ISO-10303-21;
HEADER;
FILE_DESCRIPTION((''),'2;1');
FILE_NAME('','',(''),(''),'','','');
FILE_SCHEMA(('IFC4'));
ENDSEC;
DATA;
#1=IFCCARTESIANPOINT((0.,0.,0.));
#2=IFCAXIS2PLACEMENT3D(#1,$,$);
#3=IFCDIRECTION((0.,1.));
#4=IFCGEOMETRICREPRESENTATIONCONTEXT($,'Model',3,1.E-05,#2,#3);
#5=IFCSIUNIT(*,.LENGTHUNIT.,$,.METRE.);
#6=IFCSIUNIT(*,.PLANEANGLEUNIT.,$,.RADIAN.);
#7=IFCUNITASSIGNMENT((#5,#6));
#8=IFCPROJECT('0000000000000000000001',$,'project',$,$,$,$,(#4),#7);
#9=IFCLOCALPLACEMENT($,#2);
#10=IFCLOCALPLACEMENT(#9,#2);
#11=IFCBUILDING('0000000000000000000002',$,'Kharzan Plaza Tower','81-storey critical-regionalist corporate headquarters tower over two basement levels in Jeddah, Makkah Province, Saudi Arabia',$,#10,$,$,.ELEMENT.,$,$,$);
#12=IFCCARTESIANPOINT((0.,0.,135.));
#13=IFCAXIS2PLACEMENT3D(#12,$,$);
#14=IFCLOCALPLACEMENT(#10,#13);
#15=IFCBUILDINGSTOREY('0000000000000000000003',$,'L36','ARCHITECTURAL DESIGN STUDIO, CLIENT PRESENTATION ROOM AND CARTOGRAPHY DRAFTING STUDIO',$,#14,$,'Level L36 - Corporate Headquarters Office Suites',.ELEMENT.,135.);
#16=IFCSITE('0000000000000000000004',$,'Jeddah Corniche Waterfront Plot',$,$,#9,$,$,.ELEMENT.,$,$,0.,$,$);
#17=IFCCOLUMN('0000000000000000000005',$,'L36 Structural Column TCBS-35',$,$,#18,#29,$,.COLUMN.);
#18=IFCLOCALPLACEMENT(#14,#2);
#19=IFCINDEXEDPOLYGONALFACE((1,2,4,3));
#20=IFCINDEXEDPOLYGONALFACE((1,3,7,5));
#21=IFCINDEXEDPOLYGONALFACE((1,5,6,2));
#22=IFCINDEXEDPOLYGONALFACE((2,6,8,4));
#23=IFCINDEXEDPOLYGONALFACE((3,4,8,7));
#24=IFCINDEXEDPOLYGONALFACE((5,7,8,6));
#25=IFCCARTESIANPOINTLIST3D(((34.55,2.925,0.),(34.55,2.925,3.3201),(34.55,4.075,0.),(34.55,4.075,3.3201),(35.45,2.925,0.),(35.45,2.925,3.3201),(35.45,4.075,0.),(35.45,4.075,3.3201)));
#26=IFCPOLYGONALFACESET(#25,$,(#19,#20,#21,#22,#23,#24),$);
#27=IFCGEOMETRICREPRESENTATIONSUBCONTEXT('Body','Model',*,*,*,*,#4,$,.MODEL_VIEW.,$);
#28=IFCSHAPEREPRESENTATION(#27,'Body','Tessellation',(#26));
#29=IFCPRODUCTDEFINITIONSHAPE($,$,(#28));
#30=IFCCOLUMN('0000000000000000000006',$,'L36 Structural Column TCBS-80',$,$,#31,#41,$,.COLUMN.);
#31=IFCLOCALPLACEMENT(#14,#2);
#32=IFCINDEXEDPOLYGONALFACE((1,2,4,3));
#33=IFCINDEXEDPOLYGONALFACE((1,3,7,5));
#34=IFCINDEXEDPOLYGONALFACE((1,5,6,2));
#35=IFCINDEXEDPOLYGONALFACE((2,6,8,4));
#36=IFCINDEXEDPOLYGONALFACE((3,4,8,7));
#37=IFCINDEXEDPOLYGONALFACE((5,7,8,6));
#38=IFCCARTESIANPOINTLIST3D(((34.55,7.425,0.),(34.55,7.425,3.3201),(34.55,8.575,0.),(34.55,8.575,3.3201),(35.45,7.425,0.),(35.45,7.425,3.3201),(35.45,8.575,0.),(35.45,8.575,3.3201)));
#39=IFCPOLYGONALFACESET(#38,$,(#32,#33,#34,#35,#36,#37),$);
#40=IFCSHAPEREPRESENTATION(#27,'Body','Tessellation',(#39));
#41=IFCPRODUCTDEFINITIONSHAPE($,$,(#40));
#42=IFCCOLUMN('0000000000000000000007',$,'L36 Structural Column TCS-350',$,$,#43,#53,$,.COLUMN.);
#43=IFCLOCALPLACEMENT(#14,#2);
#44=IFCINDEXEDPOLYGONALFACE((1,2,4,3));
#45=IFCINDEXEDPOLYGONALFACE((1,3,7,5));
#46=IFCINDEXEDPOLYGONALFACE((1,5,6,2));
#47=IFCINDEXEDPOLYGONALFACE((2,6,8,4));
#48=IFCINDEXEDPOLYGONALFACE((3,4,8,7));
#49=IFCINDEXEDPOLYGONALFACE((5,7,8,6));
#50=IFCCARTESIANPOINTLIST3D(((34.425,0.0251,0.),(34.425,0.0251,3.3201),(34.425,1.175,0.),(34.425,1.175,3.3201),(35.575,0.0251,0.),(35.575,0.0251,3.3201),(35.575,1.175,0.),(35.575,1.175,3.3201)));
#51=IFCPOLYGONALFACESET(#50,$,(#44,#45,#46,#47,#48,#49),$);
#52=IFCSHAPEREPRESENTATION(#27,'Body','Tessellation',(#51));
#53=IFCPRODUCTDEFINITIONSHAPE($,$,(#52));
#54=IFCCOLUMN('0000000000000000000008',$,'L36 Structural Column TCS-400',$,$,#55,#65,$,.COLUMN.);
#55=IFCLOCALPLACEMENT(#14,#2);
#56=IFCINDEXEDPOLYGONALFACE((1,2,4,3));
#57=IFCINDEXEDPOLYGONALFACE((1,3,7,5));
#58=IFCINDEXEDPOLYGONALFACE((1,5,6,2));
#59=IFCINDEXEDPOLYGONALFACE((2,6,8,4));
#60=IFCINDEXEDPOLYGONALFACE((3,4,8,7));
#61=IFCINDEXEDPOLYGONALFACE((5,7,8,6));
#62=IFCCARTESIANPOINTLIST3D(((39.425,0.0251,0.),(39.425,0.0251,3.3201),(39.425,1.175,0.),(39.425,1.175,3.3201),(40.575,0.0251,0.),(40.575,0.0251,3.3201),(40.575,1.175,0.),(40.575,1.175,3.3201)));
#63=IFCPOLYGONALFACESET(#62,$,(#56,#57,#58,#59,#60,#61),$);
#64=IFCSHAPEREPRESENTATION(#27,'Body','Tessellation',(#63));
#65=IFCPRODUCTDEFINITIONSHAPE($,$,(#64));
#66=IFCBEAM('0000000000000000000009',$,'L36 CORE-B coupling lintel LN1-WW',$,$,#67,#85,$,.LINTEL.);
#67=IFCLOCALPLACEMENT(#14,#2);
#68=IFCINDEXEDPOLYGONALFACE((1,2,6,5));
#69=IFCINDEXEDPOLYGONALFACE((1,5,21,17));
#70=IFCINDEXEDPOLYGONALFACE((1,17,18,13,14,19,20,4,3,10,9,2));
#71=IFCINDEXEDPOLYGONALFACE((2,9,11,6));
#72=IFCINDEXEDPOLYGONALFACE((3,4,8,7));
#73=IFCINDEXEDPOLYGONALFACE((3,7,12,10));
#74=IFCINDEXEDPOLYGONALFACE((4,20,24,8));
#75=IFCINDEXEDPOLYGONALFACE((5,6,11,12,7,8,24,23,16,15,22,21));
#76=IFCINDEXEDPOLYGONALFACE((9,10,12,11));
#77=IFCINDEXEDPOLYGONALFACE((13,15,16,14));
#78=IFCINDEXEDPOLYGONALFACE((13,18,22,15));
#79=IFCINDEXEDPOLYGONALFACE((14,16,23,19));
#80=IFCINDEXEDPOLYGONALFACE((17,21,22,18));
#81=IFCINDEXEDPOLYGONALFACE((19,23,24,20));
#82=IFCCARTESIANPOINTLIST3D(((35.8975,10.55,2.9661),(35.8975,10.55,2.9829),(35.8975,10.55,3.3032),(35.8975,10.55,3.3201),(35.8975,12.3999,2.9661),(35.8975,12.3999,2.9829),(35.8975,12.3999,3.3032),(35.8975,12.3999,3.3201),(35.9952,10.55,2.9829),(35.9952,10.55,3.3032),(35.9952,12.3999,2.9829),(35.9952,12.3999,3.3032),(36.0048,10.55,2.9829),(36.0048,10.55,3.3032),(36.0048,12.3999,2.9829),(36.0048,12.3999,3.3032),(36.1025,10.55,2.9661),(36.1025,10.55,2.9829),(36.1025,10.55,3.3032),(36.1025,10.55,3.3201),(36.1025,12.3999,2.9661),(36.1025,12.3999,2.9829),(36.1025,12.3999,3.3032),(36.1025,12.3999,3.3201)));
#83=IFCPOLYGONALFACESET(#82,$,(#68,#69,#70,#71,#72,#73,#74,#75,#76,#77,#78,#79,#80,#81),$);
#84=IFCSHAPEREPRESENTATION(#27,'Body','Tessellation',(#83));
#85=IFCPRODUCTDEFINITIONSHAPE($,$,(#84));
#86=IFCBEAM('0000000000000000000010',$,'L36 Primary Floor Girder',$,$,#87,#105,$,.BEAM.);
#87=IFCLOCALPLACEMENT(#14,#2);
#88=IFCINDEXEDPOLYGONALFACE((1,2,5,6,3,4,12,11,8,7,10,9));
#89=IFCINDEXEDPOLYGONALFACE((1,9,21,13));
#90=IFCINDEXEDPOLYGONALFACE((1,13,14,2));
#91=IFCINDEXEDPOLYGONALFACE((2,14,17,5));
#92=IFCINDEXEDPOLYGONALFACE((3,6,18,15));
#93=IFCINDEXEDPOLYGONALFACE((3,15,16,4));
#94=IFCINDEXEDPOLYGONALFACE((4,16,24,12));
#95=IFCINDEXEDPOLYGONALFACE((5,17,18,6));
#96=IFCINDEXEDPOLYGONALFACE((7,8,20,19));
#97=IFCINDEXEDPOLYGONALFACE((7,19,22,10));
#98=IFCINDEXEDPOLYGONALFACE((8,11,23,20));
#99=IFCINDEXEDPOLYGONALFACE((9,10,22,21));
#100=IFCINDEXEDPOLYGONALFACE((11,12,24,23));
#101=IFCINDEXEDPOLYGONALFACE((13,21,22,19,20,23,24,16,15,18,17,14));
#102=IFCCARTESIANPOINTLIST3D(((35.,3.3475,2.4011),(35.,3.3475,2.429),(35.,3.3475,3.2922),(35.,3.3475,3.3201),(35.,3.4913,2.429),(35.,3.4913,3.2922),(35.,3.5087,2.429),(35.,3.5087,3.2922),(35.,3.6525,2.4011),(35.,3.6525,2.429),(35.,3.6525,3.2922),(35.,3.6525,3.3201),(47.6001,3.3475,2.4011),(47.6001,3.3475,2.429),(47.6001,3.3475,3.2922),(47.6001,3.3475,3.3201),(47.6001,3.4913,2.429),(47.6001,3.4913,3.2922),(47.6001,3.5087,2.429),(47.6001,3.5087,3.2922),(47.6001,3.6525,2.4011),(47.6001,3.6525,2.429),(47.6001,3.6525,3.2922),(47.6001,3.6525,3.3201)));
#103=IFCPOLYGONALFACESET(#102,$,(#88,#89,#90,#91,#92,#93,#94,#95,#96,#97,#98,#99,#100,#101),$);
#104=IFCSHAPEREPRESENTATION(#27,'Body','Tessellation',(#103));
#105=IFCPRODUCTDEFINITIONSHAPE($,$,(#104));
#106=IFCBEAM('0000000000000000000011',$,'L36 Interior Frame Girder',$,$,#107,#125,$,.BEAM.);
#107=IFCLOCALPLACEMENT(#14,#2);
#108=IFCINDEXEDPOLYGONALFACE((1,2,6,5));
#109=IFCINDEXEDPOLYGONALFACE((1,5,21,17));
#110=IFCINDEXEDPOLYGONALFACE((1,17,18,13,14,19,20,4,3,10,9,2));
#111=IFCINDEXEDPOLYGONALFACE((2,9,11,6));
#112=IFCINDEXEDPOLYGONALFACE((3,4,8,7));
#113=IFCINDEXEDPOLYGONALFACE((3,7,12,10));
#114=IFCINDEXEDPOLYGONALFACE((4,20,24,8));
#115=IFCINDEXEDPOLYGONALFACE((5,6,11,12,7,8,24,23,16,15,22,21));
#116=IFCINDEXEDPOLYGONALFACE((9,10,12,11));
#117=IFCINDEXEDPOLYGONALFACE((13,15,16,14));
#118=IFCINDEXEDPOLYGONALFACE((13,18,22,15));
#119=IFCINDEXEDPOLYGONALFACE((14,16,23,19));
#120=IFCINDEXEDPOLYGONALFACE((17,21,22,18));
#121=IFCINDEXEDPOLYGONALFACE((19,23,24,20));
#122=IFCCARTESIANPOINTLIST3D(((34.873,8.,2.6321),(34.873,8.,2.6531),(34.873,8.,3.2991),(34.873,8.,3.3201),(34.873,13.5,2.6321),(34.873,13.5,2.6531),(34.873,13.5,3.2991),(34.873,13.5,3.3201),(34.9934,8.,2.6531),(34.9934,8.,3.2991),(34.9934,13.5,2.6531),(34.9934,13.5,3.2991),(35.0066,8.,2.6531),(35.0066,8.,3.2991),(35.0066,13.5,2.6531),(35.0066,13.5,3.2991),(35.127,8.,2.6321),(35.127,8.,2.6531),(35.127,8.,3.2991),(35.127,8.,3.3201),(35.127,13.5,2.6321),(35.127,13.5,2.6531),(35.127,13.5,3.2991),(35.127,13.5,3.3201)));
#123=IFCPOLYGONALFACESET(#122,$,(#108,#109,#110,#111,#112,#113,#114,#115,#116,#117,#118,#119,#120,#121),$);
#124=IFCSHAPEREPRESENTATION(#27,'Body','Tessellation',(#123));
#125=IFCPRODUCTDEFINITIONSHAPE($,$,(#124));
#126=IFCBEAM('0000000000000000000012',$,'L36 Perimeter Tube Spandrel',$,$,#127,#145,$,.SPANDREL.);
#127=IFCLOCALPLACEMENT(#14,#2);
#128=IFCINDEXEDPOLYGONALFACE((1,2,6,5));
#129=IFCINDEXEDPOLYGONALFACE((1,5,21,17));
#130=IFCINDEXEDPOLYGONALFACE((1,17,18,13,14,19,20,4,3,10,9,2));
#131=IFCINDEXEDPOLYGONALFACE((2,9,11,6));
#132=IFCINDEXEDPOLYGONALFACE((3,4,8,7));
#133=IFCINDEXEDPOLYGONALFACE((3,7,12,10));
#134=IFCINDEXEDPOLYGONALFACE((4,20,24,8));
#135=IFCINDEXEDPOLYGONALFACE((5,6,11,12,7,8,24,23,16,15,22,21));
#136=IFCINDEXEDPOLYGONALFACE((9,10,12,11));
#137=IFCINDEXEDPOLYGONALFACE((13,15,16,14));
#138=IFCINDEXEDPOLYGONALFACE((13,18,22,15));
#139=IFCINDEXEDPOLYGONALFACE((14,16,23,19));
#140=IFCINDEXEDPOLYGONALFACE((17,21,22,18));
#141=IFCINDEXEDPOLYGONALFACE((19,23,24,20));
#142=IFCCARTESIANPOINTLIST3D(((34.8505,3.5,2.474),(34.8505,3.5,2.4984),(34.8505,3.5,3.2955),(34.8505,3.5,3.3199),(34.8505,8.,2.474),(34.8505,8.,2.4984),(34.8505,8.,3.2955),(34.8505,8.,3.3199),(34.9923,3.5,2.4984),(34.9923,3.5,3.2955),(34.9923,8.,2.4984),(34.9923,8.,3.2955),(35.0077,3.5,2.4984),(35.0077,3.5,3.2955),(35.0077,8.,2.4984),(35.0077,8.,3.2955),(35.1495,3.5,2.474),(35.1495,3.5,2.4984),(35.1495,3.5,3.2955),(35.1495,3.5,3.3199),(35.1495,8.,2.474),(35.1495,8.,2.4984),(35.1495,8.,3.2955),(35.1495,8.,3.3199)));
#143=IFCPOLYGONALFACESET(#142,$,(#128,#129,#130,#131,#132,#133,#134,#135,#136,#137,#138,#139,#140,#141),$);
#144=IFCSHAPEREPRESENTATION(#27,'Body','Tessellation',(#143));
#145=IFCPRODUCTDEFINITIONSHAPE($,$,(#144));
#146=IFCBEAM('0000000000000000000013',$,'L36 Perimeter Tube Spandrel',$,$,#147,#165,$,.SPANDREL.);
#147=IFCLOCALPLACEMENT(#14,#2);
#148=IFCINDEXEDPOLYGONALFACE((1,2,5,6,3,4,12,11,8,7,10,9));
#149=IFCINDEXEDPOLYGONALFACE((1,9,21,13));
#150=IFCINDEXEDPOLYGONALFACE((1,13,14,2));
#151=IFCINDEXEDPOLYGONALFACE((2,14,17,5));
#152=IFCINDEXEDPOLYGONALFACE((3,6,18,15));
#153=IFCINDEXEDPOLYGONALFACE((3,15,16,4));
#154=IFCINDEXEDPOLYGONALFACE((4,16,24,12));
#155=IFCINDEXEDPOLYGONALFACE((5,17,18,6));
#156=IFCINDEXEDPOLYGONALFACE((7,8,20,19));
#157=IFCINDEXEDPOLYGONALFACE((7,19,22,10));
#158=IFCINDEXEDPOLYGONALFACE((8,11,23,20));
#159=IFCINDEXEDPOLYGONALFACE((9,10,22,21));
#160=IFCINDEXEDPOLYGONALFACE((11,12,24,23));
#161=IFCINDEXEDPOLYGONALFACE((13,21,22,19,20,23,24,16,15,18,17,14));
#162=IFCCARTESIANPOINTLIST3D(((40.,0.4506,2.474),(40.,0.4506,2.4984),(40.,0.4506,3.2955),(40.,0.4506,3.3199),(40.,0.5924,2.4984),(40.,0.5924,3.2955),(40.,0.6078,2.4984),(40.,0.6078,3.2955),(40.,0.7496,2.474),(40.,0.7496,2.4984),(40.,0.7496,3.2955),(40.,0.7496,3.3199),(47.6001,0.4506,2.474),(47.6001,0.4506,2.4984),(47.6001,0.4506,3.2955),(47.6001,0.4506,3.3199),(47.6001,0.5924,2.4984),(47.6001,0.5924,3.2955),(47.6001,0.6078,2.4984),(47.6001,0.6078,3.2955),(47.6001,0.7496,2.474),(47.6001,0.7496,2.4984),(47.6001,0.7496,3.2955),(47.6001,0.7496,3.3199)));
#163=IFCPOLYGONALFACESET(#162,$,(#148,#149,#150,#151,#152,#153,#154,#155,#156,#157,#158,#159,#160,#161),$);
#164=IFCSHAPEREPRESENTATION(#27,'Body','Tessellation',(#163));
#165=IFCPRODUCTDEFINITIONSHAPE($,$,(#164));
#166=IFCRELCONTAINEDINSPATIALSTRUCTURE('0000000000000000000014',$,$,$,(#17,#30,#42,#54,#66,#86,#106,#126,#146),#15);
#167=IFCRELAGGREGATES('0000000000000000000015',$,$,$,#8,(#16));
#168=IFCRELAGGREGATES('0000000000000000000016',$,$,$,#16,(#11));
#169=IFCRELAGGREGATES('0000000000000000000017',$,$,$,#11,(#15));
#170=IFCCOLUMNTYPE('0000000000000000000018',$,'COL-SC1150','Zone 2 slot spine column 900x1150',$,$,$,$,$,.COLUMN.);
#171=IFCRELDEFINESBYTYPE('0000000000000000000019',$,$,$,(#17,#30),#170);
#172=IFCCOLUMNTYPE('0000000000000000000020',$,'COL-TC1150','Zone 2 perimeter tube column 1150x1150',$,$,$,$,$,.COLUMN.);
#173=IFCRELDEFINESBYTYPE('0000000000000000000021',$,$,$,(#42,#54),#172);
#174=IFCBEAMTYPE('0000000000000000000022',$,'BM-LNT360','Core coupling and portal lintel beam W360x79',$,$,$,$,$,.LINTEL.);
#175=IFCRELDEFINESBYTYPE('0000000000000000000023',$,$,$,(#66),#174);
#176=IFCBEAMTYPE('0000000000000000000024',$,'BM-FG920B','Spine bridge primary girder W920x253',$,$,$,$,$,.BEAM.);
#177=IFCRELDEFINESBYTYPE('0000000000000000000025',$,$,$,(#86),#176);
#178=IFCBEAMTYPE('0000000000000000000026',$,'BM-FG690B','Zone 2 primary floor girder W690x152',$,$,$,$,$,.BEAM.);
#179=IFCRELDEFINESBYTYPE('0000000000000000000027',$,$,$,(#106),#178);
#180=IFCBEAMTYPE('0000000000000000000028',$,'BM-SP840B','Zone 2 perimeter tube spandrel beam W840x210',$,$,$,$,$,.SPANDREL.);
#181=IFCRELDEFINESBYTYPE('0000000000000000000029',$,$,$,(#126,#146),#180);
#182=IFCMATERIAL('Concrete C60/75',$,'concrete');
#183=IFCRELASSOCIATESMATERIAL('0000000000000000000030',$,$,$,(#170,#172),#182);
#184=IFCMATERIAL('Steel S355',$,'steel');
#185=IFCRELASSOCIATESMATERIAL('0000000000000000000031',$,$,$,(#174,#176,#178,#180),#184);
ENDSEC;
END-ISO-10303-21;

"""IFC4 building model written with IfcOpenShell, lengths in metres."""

from ifc_helpers import new_model, si_unit, direction, frame, origin, origin_2d, place, context, subcontext, project, spatial, rectangle, i_section, extrude, source, transform, mapped, material, material_profile, profile_set, type_object, element, save


model = new_model("IFC4")

# Units and contexts
model_context = context("Model", 3, precision=1e-05, world=origin(), true_north=direction((0.0, 1.0)))
body_context = subcontext(model_context, "Body", "Model", "MODEL_VIEW")
ifc_project = project(units=[si_unit("LENGTHUNIT", "METRE"), si_unit("PLANEANGLEUNIT", "RADIAN")], contexts=[model_context])

# Site, building, storey
site_placement = place(None, origin())
site = spatial("IfcSite", under=ifc_project, at=site_placement, Name="Jeddah Corniche Waterfront Plot", CompositionType="ELEMENT", RefElevation=0.0)
building_placement = place(site_placement, origin())
building = spatial("IfcBuilding", under=site, at=building_placement, Name="Kharzan Plaza Tower", Description="81-storey critical-regionalist corporate headquarters tower over two basement levels in Jeddah, Makkah Province, Saudi Arabia", CompositionType="ELEMENT")
storey_placement = place(building_placement, frame((0.0, 0.0, 135.0)))
storey = spatial("IfcBuildingStorey", under=building, at=storey_placement, Name="L36", Description="ARCHITECTURAL DESIGN STUDIO, CLIENT PRESENTATION ROOM AND CARTOGRAPHY DRAFTING STUDIO", LongName="Level L36 - Corporate Headquarters Office Suites", CompositionType="ELEMENT", Elevation=135.0)

# Columns
ifc_material_1 = material(Name="Concrete C60/75", Category="concrete")
ifc_material_profile_1 = material_profile(ifc_material_1, rectangle(XDim=0.8999, YDim=1.1499, at=origin_2d()), Name="RC-SC1150x900")
ifc_profile_set_1 = profile_set([ifc_material_profile_1], Name="Concrete C60/75")
column_type_1 = type_object("IfcColumnType", Name="COL-SC1150", Description="Zone 2 slot spine column 900x1150", PredefinedType="COLUMN", material=ifc_profile_set_1)
shared_shape_1 = source(origin(), body_context, "Body", "SweptSolid", [
    extrude(rectangle(XDim=0.8999, YDim=1.1499, at=origin_2d()), origin(), (0.0, 0.0, 1.0), 3.3201),
])
for number, where, z_axis, x_axis, name in (
    (1, (35.0, 3.5, 0.0), (0.0, 0.0, 1.0), (1.0, 0.0, 0.0), "L36 Structural Column TCBS-35"),
    (2, (35.0, 8.0, 0.0), (0.0, 0.0, 1.0), (1.0, 0.0, 0.0), "L36 Structural Column TCBS-80"),
):
    element("IfcColumn", number, at=place(storey_placement, frame(where, z_axis=z_axis, x_axis=x_axis)), inside=storey, type_object=column_type_1, Name=name, PredefinedType="COLUMN", context=body_context, shape_type="MappedRepresentation", body=[
        mapped(shared_shape_1, transform((0.0, 0.0, 0.0), x_axis=(1.0, 0.0, 0.0), y_axis=(0.0, 1.0, 0.0), z_axis=(0.0, 0.0, 1.0))),
    ])
ifc_material_profile_2 = material_profile(ifc_material_1, rectangle(XDim=1.1499, YDim=1.1499, at=origin_2d()), Name="RC-TC1150x1150")
ifc_profile_set_2 = profile_set([ifc_material_profile_2], Name="Concrete C60/75")
column_type_2 = type_object("IfcColumnType", Name="COL-TC1150", Description="Zone 2 perimeter tube column 1150x1150", PredefinedType="COLUMN", material=ifc_profile_set_2)
shared_shape_2 = source(origin(), body_context, "Body", "SweptSolid", [
    extrude(rectangle(XDim=1.1499, YDim=1.1499, at=origin_2d()), origin(), (0.0, 0.0, 1.0), 3.3201),
])
for number, where, z_axis, x_axis, name in (
    (3, (35.0, 0.6001, 0.0), (0.0, 0.0, 1.0), (1.0, 0.0, 0.0), "L36 Structural Column TCS-350"),
    (4, (40.0, 0.6001, 0.0), (0.0, 0.0, 1.0), (1.0, 0.0, 0.0), "L36 Structural Column TCS-400"),
):
    element("IfcColumn", number, at=place(storey_placement, frame(where, z_axis=z_axis, x_axis=x_axis)), inside=storey, type_object=column_type_2, Name=name, PredefinedType="COLUMN", context=body_context, shape_type="MappedRepresentation", body=[
        mapped(shared_shape_2, transform((0.0, 0.0, 0.0), x_axis=(1.0, 0.0, 0.0), y_axis=(0.0, 1.0, 0.0), z_axis=(0.0, 0.0, 1.0))),
    ])

# Beams
ifc_material_2 = material(Name="Steel S355", Category="steel")
ifc_material_profile_3 = material_profile(ifc_material_2, i_section(OverallWidth=0.2051, OverallDepth=0.354, WebThickness=0.0095, FlangeThickness=0.0168, at=origin_2d()), Name="W360x79")
ifc_profile_set_3 = profile_set([ifc_material_profile_3], Name="Steel S355")
beam_type_1 = type_object("IfcBeamType", Name="BM-LNT360", Description="Core coupling and portal lintel beam W360x79", PredefinedType="LINTEL", material=ifc_profile_set_3)
shared_shape_3 = source(origin(), body_context, "Body", "SweptSolid", [
    extrude(i_section(OverallWidth=0.2051, OverallDepth=0.354, WebThickness=0.0095, FlangeThickness=0.0168, at=origin_2d()), origin(), (0.0, 0.0, 1.0), 1.8499),
])
beam_1_placement = place(storey_placement, frame((36.0, 10.55, 3.1431), z_axis=(0.0, 1.0, 0.0), x_axis=(-1.0, 0.0, 0.0)))
element("IfcBeam", 5, at=beam_1_placement, inside=storey, type_object=beam_type_1, Name="L36 CORE-B coupling lintel LN1-WW", PredefinedType="LINTEL", context=body_context, shape_type="MappedRepresentation", body=[
    mapped(shared_shape_3, transform((0.0, 0.0, 0.0), x_axis=(1.0, 0.0, 0.0), y_axis=(0.0, 1.0, 0.0), z_axis=(0.0, 0.0, 1.0))),
])
ifc_material_profile_4 = material_profile(ifc_material_2, i_section(OverallWidth=0.3049, OverallDepth=0.9189, WebThickness=0.0173, FlangeThickness=0.0278, at=origin_2d()), Name="W920x253")
ifc_profile_set_4 = profile_set([ifc_material_profile_4], Name="Steel S355")
beam_type_2 = type_object("IfcBeamType", Name="BM-FG920B", Description="Spine bridge primary girder W920x253", PredefinedType="BEAM", material=ifc_profile_set_4)
shared_shape_4 = source(origin(), body_context, "Body", "SweptSolid", [
    extrude(i_section(OverallWidth=0.3049, OverallDepth=0.9189, WebThickness=0.0173, FlangeThickness=0.0278, at=origin_2d()), origin(), (0.0, 0.0, 1.0), 12.6001),
])
beam_2_placement = place(storey_placement, frame((35.0, 3.5, 2.8606), z_axis=(1.0, 0.0, 0.0), x_axis=(0.0, 1.0, 0.0)))
element("IfcBeam", 6, at=beam_2_placement, inside=storey, type_object=beam_type_2, Name="L36 Primary Floor Girder", PredefinedType="BEAM", context=body_context, shape_type="MappedRepresentation", body=[
    mapped(shared_shape_4, transform((0.0, 0.0, 0.0), x_axis=(1.0, 0.0, 0.0), y_axis=(0.0, 1.0, 0.0), z_axis=(0.0, 0.0, 1.0))),
])
ifc_material_profile_5 = material_profile(ifc_material_2, i_section(OverallWidth=0.2539, OverallDepth=0.688, WebThickness=0.0132, FlangeThickness=0.021, at=origin_2d()), Name="W690x152")
ifc_profile_set_5 = profile_set([ifc_material_profile_5], Name="Steel S355")
beam_type_3 = type_object("IfcBeamType", Name="BM-FG690B", Description="Zone 2 primary floor girder W690x152", PredefinedType="BEAM", material=ifc_profile_set_5)
shared_shape_5 = source(origin(), body_context, "Body", "SweptSolid", [
    extrude(i_section(OverallWidth=0.2539, OverallDepth=0.688, WebThickness=0.0132, FlangeThickness=0.021, at=origin_2d()), origin(), (0.0, 0.0, 1.0), 5.5),
])
beam_3_placement = place(storey_placement, frame((35.0, 8.0, 2.9761), z_axis=(0.0, 1.0, 0.0), x_axis=(-1.0, 0.0, 0.0)))
element("IfcBeam", 7, at=beam_3_placement, inside=storey, type_object=beam_type_3, Name="L36 Interior Frame Girder", PredefinedType="BEAM", context=body_context, shape_type="MappedRepresentation", body=[
    mapped(shared_shape_5, transform((0.0, 0.0, 0.0), x_axis=(1.0, 0.0, 0.0), y_axis=(0.0, 1.0, 0.0), z_axis=(0.0, 0.0, 1.0))),
])
ifc_material_profile_6 = material_profile(ifc_material_2, i_section(OverallWidth=0.2991, OverallDepth=0.8459, WebThickness=0.0154, FlangeThickness=0.0244, at=origin_2d()), Name="W840x210")
ifc_profile_set_6 = profile_set([ifc_material_profile_6], Name="Steel S355")
beam_type_4 = type_object("IfcBeamType", Name="BM-SP840B", Description="Zone 2 perimeter tube spandrel beam W840x210", PredefinedType="SPANDREL", material=ifc_profile_set_6)
shared_shape_6 = source(origin(), body_context, "Body", "SweptSolid", [
    extrude(i_section(OverallWidth=0.2991, OverallDepth=0.8459, WebThickness=0.0154, FlangeThickness=0.0244, at=origin_2d()), origin(), (0.0, 0.0, 1.0), 4.5),
])
beam_4_placement = place(storey_placement, frame((35.0, 3.5, 2.897), z_axis=(0.0, 1.0, 0.0), x_axis=(-1.0, 0.0, 0.0)))
element("IfcBeam", 8, at=beam_4_placement, inside=storey, type_object=beam_type_4, Name="L36 Perimeter Tube Spandrel", PredefinedType="SPANDREL", context=body_context, shape_type="MappedRepresentation", body=[
    mapped(shared_shape_6, transform((0.0, 0.0, 0.0), x_axis=(1.0, 0.0, 0.0), y_axis=(0.0, 1.0, 0.0), z_axis=(0.0, 0.0, 1.0))),
])
shared_shape_7 = source(origin(), body_context, "Body", "SweptSolid", [
    extrude(i_section(OverallWidth=0.2991, OverallDepth=0.8459, WebThickness=0.0154, FlangeThickness=0.0244, at=origin_2d()), origin(), (0.0, 0.0, 1.0), 7.6001),
])
beam_5_placement = place(storey_placement, frame((40.0, 0.6001, 2.897), z_axis=(1.0, 0.0, 0.0), x_axis=(0.0, 1.0, 0.0)))
element("IfcBeam", 9, at=beam_5_placement, inside=storey, type_object=beam_type_4, Name="L36 Perimeter Tube Spandrel", PredefinedType="SPANDREL", context=body_context, shape_type="MappedRepresentation", body=[
    mapped(shared_shape_7, transform((0.0, 0.0, 0.0), x_axis=(1.0, 0.0, 0.0), y_axis=(0.0, 1.0, 0.0), z_axis=(0.0, 0.0, 1.0))),
])

save(model, "model.ifc")
